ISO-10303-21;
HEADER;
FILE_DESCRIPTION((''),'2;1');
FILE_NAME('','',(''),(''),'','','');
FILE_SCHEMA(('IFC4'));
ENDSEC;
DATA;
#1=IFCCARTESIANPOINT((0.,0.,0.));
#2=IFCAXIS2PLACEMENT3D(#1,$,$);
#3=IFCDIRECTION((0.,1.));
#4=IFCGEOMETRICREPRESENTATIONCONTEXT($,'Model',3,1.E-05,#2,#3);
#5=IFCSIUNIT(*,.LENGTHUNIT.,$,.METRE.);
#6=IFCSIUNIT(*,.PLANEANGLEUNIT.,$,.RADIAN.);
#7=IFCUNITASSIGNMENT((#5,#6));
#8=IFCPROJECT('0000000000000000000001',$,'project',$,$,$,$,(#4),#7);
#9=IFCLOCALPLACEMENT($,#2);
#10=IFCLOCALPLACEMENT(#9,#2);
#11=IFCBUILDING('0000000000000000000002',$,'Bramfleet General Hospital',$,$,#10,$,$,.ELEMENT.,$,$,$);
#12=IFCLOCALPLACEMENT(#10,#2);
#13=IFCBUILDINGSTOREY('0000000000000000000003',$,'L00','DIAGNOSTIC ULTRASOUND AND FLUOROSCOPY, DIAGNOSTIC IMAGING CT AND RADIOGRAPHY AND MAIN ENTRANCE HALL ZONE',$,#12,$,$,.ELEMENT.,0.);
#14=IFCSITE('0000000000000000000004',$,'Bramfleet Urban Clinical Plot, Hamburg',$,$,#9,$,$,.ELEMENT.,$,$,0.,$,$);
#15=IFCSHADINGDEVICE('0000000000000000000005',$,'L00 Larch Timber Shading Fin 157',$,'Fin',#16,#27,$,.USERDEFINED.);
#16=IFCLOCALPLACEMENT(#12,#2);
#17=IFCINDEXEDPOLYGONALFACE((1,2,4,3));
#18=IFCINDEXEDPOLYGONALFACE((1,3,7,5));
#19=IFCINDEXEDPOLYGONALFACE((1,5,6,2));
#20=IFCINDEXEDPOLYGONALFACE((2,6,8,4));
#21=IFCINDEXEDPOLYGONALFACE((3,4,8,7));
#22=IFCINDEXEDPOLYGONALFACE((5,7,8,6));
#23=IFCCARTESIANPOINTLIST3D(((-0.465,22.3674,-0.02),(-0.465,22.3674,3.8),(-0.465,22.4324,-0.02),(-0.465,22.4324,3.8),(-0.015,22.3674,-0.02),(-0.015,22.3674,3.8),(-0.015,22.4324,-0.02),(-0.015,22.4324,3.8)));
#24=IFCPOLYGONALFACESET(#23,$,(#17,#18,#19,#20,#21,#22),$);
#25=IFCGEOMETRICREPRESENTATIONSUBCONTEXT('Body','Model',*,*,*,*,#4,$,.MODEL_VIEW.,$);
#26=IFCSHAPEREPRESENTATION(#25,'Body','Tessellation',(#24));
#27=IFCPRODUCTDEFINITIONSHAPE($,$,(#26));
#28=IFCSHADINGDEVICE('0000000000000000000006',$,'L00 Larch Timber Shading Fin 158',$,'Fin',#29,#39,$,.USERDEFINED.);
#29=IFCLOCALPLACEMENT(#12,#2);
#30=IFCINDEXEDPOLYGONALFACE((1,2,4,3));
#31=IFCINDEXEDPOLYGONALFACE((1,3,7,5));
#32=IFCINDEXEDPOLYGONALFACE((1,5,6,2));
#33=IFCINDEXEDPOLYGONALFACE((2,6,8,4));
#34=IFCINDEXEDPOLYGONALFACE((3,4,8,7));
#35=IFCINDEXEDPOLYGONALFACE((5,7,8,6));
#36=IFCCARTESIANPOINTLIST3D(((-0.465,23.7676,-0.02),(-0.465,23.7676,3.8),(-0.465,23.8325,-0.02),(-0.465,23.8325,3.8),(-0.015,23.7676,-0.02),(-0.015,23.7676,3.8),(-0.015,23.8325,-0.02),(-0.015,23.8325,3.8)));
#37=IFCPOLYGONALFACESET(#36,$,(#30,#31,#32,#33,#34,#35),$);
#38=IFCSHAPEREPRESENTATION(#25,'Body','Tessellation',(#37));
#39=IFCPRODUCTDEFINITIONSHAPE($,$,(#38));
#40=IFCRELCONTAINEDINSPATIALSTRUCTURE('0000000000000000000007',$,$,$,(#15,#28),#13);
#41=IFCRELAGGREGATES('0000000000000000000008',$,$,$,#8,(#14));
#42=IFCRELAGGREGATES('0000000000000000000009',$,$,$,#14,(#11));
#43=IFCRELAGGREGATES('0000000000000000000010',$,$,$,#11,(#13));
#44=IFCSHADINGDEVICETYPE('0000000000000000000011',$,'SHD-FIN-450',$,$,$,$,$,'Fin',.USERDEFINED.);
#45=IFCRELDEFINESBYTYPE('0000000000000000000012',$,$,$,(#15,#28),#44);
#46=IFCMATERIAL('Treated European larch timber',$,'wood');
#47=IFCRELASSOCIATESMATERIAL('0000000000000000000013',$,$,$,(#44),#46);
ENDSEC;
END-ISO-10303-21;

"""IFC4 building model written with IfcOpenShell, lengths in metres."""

from ifc_helpers import new_model, si_unit, direction, frame, origin, origin_2d, place, context, subcontext, project, spatial, rectangle, extrude, material, material_profile, profile_set, type_object, element, save


model = new_model("IFC4")

# Units and contexts
model_context = context("Model", 3, precision=1e-05, world=origin(), true_north=direction((0.0, 1.0)))
body_context = subcontext(model_context, "Body", "Model", "MODEL_VIEW")
ifc_project = project(units=[si_unit("LENGTHUNIT", "METRE"), si_unit("PLANEANGLEUNIT", "RADIAN")], contexts=[model_context])

# Site, building, storey
site_placement = place(None, origin())
site = spatial("IfcSite", under=ifc_project, at=site_placement, Name="Bramfleet Urban Clinical Plot, Hamburg", CompositionType="ELEMENT", RefElevation=0.0)
building_placement = place(site_placement, origin())
building = spatial("IfcBuilding", under=site, at=building_placement, Name="Bramfleet General Hospital", CompositionType="ELEMENT")
storey_placement = place(building_placement, origin())
storey = spatial("IfcBuildingStorey", under=building, at=storey_placement, Name="L00", Description="DIAGNOSTIC ULTRASOUND AND FLUOROSCOPY, DIAGNOSTIC IMAGING CT AND RADIOGRAPHY AND MAIN ENTRANCE HALL ZONE", CompositionType="ELEMENT", Elevation=0.0)

# Shading devices
ifc_material_1 = material(Name="Treated European larch timber", Category="wood")
ifc_material_profile_1 = material_profile(ifc_material_1, rectangle(XDim=0.0649, YDim=0.45, at=origin_2d()), Name="LARCH FIN 450x65")
ifc_profile_set_1 = profile_set([ifc_material_profile_1], Name="Treated European larch timber")
shading_device_type = type_object("IfcShadingDeviceType", Name="SHD-FIN-450", ElementType="Fin", PredefinedType="USERDEFINED", material=ifc_profile_set_1)
for number, where, z_axis, x_axis, name in (
    (1, (-0.24, 22.3999, -0.02), (0.0, 0.0, 1.0), (0.0, 1.0, 0.0), "L00 Larch Timber Shading Fin 157"),
    (2, (-0.24, 23.8, -0.02), (0.0, 0.0, 1.0), (0.0, 1.0, 0.0), "L00 Larch Timber Shading Fin 158"),
):
    element("IfcShadingDevice", number, at=place(storey_placement, frame(where, z_axis=z_axis, x_axis=x_axis)), inside=storey, type_object=shading_device_type, Name=name, ObjectType="Fin", PredefinedType="USERDEFINED", context=body_context, shape_type="SweptSolid", body=[
        extrude(rectangle(XDim=0.0649, YDim=0.45, at=origin_2d()), origin(), (0.0, 0.0, 1.0), 3.8201),
    ])

save(model, "model.ifc")
